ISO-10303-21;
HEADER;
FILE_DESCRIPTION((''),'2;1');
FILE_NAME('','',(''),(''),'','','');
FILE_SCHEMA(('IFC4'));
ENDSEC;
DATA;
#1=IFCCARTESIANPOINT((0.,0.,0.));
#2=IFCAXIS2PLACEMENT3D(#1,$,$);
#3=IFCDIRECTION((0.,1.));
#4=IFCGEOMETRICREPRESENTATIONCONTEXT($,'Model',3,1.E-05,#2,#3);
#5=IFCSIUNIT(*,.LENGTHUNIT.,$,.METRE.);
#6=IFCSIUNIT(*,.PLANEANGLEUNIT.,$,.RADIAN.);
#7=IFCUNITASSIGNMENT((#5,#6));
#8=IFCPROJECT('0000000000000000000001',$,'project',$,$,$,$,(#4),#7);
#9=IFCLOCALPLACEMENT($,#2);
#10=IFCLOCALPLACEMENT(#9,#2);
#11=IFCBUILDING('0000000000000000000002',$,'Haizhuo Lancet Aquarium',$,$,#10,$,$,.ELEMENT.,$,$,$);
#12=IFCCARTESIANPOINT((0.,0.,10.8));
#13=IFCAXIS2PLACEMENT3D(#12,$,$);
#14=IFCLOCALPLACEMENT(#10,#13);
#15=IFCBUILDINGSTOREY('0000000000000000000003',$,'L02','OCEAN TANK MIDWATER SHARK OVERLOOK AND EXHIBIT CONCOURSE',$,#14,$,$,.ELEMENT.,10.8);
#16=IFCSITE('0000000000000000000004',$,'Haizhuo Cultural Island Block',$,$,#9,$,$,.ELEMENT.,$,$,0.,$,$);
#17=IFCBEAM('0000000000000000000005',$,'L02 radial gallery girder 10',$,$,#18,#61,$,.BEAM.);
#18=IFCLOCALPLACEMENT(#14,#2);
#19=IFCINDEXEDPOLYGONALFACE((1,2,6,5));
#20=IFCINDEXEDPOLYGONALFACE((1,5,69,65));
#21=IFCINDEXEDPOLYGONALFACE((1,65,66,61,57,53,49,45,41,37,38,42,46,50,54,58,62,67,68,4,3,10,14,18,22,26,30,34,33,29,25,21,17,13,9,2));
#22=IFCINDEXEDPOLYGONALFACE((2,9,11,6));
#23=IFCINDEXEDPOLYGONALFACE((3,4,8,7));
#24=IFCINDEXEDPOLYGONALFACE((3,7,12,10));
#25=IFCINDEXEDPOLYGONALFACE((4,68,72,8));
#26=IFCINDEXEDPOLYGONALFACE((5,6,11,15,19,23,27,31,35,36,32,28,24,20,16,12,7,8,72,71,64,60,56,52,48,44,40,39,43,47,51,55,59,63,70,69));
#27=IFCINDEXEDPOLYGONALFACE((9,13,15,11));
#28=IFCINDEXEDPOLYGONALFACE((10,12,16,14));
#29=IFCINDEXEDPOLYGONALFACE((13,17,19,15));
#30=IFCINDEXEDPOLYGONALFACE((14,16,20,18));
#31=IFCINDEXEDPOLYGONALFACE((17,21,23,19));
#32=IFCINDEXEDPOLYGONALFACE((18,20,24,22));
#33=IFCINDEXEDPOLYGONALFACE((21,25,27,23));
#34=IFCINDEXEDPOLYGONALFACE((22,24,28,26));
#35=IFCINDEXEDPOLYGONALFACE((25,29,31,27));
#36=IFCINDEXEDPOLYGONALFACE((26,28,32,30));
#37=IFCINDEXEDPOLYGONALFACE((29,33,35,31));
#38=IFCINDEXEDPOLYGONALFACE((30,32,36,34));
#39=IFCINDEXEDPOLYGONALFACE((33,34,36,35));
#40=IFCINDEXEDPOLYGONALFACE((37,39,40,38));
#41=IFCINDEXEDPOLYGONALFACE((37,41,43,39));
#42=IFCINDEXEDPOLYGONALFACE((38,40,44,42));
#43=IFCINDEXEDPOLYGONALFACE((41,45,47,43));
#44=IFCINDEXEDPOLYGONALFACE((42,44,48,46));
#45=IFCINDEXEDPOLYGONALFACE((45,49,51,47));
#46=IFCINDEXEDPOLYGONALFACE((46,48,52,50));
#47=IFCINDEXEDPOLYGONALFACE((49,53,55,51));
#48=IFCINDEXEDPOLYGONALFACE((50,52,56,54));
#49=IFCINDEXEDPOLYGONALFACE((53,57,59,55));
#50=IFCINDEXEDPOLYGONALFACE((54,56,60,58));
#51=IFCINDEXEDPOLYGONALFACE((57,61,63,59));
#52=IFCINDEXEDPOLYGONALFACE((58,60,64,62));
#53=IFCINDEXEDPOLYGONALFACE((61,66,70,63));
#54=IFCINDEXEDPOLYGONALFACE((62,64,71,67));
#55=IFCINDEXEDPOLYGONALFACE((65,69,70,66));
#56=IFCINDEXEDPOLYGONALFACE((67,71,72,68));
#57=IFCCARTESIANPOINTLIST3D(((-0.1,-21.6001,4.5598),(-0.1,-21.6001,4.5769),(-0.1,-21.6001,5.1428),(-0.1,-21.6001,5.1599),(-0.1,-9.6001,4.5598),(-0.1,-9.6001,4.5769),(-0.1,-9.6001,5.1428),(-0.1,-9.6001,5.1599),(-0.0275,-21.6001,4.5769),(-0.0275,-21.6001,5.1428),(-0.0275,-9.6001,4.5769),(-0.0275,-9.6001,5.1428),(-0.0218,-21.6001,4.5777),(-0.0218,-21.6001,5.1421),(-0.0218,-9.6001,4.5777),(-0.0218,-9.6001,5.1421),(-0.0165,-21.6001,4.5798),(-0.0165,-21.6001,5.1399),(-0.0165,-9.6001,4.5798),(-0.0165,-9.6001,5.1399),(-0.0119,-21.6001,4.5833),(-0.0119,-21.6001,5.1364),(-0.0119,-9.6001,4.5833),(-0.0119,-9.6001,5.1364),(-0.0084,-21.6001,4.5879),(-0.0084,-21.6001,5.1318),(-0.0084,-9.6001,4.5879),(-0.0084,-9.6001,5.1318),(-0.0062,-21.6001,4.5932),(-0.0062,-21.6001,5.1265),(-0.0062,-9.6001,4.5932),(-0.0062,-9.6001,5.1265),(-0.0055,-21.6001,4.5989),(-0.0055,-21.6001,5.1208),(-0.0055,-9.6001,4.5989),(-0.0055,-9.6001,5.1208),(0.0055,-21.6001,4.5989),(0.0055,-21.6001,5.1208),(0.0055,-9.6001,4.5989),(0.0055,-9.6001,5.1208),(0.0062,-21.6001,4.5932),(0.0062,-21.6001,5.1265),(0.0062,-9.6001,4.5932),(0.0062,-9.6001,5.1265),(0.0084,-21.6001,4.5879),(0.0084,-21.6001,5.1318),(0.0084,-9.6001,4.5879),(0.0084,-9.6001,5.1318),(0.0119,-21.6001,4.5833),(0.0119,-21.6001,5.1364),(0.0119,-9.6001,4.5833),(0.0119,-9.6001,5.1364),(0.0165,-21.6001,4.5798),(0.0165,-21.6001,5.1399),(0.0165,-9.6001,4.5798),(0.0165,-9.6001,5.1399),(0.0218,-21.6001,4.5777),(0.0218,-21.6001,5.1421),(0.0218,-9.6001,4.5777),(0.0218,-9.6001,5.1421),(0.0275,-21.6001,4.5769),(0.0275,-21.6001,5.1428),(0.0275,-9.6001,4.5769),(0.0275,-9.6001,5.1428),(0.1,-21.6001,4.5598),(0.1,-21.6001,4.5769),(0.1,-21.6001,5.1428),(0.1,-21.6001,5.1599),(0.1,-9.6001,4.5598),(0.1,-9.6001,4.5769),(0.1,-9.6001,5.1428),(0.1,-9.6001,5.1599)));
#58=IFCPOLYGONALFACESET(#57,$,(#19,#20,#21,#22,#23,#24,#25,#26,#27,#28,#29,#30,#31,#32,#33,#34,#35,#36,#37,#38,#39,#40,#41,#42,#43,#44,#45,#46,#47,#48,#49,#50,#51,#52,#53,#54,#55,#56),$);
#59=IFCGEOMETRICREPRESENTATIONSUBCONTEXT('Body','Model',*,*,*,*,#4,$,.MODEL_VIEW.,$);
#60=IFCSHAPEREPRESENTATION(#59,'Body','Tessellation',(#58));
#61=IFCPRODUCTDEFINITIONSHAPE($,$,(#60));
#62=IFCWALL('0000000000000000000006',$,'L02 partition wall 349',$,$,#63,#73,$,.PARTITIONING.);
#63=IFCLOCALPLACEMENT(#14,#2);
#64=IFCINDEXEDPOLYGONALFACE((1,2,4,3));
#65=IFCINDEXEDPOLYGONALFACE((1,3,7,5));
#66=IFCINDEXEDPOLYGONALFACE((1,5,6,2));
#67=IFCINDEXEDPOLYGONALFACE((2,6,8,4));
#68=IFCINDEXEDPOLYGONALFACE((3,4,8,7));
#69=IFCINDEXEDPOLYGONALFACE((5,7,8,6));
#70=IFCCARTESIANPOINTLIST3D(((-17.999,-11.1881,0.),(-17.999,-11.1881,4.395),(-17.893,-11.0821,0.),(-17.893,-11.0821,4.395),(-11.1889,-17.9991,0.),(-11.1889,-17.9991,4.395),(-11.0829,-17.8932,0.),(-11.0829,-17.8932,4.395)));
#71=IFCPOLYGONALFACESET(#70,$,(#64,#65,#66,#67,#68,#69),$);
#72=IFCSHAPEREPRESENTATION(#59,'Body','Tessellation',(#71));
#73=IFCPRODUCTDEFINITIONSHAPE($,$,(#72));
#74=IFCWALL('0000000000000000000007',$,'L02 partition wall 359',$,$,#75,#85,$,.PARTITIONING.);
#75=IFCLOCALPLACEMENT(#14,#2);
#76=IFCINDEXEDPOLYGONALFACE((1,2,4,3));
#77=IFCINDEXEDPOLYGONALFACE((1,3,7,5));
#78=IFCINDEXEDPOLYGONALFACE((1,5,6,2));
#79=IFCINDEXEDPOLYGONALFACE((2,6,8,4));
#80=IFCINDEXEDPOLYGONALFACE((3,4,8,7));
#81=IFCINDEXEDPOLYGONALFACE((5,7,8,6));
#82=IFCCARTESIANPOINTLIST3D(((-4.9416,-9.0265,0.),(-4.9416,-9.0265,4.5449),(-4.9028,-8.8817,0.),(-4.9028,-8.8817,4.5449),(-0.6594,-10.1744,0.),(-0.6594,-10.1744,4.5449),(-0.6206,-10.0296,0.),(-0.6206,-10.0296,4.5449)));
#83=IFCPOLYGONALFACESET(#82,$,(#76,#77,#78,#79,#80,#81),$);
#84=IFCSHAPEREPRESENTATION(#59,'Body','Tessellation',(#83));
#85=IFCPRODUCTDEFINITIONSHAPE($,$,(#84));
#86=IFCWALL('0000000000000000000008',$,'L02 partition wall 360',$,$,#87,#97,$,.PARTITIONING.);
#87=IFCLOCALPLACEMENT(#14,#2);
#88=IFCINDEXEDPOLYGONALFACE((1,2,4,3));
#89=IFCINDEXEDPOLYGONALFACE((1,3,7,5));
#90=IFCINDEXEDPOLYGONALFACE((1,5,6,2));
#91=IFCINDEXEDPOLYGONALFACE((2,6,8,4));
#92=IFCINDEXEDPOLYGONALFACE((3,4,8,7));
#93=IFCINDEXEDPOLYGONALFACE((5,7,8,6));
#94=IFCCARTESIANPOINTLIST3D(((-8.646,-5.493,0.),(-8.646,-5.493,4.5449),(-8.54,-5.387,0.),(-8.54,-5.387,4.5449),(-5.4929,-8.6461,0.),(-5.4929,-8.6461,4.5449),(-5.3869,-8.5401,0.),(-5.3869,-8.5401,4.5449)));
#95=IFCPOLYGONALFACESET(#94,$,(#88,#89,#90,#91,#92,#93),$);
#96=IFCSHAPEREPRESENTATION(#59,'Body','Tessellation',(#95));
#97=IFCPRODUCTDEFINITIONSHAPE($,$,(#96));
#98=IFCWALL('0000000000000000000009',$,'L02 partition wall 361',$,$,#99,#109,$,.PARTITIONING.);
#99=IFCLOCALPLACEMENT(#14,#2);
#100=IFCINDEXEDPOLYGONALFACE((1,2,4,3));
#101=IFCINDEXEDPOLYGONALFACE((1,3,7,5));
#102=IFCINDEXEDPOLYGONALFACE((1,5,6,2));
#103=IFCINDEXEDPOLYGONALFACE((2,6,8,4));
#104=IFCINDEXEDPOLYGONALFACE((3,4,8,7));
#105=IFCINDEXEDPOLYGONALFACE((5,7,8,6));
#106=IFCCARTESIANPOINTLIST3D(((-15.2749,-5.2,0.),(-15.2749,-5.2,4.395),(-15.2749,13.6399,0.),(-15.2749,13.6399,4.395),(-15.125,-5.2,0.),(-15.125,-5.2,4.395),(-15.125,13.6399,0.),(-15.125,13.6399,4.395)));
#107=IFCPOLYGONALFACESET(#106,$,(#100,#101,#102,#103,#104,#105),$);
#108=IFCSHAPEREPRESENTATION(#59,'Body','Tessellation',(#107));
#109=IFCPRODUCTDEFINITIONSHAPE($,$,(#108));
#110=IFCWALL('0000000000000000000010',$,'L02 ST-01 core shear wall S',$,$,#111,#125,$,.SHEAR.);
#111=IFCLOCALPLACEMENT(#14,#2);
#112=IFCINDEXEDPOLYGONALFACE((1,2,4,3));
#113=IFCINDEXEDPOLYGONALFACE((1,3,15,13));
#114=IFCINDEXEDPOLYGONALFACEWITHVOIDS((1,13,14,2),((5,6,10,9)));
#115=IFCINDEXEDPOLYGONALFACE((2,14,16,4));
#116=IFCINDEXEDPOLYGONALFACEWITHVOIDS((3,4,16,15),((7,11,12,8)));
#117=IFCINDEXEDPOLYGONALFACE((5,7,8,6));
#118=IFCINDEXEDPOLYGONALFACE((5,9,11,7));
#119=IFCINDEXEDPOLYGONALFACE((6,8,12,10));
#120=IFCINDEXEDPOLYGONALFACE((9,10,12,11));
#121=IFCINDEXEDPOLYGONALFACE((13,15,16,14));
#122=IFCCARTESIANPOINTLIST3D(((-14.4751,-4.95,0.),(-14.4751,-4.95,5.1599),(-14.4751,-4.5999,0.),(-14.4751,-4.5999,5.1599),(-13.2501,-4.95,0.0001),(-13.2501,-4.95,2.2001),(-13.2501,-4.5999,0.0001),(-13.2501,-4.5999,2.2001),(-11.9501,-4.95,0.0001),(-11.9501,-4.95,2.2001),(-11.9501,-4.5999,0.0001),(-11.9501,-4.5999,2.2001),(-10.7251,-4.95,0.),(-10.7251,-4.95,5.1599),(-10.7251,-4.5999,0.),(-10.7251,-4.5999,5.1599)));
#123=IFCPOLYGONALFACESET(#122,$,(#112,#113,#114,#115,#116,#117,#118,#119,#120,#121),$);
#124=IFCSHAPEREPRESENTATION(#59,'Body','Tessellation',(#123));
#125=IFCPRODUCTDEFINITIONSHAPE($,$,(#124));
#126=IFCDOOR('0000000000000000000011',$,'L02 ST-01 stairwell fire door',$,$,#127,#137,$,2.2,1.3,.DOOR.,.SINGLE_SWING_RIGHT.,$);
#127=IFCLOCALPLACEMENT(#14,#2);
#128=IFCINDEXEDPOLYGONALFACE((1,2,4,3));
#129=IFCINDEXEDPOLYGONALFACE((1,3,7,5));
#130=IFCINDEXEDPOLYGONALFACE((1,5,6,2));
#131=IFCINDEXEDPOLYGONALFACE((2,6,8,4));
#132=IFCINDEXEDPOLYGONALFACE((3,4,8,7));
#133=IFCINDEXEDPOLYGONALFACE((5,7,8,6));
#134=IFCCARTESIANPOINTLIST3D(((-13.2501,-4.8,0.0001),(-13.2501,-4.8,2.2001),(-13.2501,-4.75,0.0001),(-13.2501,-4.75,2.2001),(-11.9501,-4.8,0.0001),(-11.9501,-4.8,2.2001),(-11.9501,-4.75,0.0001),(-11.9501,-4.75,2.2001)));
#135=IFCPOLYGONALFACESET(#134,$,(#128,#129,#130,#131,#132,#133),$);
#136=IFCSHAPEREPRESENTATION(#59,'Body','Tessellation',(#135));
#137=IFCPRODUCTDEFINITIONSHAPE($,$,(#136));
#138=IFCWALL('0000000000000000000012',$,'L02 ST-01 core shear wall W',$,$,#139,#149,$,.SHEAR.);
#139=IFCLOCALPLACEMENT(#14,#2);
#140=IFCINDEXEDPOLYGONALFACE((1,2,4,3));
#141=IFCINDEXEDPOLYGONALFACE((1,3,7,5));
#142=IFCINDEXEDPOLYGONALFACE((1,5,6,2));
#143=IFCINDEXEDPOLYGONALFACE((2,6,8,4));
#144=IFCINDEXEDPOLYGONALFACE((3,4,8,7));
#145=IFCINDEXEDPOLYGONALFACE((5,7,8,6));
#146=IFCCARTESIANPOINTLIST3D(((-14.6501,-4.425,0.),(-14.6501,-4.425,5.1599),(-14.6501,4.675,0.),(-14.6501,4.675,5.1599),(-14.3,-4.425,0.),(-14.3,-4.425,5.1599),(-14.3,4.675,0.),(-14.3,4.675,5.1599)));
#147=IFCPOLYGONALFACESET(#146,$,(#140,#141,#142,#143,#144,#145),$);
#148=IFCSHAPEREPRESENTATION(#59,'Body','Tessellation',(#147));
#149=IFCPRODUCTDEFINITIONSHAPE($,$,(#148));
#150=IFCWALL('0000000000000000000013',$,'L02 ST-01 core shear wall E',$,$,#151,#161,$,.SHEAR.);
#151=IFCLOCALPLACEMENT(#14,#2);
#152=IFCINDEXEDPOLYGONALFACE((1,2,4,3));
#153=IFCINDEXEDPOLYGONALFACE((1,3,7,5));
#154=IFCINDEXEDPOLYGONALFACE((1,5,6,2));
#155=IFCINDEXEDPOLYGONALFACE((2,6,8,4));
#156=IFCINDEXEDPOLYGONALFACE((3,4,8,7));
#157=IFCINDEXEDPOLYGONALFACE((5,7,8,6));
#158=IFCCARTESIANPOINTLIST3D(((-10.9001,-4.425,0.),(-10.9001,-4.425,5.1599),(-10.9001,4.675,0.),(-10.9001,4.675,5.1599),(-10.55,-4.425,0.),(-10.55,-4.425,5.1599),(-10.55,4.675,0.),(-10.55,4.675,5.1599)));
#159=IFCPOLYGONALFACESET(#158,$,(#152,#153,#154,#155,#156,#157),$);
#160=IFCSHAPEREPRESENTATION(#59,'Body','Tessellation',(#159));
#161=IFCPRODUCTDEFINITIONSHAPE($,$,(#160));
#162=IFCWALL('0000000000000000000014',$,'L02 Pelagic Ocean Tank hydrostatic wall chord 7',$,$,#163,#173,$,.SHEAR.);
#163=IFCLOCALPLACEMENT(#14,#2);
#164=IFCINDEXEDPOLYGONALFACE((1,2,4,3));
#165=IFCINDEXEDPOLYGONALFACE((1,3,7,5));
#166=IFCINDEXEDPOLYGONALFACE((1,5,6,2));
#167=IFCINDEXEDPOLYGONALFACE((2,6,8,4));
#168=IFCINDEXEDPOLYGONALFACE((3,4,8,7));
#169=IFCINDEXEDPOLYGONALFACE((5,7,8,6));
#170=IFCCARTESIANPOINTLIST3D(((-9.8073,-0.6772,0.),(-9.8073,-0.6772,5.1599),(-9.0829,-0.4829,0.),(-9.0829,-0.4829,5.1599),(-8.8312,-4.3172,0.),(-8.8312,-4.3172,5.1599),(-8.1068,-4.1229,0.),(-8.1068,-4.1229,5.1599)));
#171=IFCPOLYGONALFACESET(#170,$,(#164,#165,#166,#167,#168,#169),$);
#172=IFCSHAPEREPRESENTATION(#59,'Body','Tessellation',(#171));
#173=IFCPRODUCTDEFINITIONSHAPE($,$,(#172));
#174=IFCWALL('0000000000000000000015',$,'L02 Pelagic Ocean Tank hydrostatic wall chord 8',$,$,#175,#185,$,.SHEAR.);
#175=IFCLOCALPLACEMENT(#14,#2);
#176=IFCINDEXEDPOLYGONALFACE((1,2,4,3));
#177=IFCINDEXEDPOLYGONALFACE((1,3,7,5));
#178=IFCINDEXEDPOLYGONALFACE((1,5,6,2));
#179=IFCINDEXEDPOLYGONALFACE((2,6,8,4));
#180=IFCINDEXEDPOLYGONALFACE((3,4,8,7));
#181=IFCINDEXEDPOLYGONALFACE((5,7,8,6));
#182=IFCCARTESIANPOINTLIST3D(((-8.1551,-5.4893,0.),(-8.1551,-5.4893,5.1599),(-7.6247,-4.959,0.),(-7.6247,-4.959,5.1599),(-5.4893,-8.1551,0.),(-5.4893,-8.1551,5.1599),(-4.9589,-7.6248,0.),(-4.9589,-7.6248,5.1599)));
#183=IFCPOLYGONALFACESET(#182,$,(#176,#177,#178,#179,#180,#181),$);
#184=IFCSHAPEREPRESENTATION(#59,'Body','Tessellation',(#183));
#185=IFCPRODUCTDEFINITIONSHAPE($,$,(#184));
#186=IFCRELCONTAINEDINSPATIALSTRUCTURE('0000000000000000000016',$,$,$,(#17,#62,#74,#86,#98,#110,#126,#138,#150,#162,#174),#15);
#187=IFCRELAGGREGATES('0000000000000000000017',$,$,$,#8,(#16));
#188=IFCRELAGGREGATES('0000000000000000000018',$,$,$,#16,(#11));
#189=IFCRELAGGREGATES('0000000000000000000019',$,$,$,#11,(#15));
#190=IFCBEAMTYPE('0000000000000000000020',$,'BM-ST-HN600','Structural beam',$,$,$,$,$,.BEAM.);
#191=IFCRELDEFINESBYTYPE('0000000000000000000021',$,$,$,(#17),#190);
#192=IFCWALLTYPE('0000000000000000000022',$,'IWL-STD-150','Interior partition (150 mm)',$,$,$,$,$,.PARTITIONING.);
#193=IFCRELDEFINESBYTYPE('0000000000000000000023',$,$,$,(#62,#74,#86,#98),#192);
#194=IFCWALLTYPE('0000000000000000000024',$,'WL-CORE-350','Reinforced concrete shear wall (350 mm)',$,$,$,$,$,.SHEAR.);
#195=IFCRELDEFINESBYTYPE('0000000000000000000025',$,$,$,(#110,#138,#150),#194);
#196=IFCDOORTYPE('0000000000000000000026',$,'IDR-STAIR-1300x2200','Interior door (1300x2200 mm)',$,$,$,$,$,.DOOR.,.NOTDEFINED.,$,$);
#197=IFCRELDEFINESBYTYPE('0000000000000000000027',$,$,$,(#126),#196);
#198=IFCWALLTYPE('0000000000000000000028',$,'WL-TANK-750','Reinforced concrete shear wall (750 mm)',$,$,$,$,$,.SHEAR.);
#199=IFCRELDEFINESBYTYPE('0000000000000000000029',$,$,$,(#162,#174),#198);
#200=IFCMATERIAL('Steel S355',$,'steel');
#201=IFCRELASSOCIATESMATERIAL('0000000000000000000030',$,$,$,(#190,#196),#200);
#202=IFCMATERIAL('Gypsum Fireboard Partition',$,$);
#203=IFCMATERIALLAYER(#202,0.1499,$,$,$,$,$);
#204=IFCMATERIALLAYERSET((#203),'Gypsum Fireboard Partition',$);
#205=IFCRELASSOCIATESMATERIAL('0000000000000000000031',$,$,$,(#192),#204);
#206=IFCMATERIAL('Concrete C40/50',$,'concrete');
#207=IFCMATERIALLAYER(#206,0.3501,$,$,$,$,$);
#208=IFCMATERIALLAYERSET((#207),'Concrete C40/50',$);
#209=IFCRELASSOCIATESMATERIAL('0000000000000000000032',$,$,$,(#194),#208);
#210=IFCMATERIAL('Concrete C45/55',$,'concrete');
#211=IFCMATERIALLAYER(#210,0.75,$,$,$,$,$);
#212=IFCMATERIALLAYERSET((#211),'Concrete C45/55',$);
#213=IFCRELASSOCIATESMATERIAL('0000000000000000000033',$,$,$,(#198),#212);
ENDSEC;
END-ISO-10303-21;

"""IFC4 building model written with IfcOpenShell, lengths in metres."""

from ifc_helpers import new_model, si_unit, direction, frame, frame_2d, origin, origin_2d, place, context, subcontext, project, spatial, rectangle, i_section, extrude, material, layer, layer_set, material_profile, profile_set, type_object, element, fill, save


model = new_model("IFC4")

# Units and contexts
model_context = context("Model", 3, precision=1e-05, world=origin(), true_north=direction((0.0, 1.0)))
body_context = subcontext(model_context, "Body", "Model", "MODEL_VIEW")
ifc_project = project(units=[si_unit("LENGTHUNIT", "METRE"), si_unit("PLANEANGLEUNIT", "RADIAN")], contexts=[model_context])

# Site, building, storey
site_placement = place(None, origin())
site = spatial("IfcSite", under=ifc_project, at=site_placement, Name="Haizhuo Cultural Island Block", CompositionType="ELEMENT", RefElevation=0.0)
building_placement = place(site_placement, origin())
building = spatial("IfcBuilding", under=site, at=building_placement, Name="Haizhuo Lancet Aquarium", CompositionType="ELEMENT")
storey_placement = place(building_placement, frame((0.0, 0.0, 10.8)))
storey = spatial("IfcBuildingStorey", under=building, at=storey_placement, Name="L02", Description="OCEAN TANK MIDWATER SHARK OVERLOOK AND EXHIBIT CONCOURSE", CompositionType="ELEMENT", Elevation=10.8)

# Beam
ifc_material_1 = material(Name="Concrete C40/50", Category="concrete")
ifc_material_2 = material(Name="Steel S355", Category="steel")
ifc_material_profile_1 = material_profile(ifc_material_2, i_section(OverallWidth=0.2, OverallDepth=0.6001, WebThickness=0.011, FlangeThickness=0.0171, FilletRadius=0.022, at=origin_2d()), Name="HN 600x200x11x17")
ifc_profile_set_1 = profile_set([ifc_material_profile_1], Name="Steel S355")
beam_type_1 = type_object("IfcBeamType", Name="BM-ST-HN600", Description="Structural beam", PredefinedType="BEAM", material=ifc_profile_set_1)
beam_placement = place(storey_placement, frame((0.0, -9.6001, 4.8599), z_axis=(0.0, -1.0, 0.0), x_axis=(1.0, 0.0, 0.0)))
element("IfcBeam", 1, at=beam_placement, inside=storey, type_object=beam_type_1, Name="L02 radial gallery girder 10", PredefinedType="BEAM", context=body_context, shape_type="SweptSolid", body=[
    extrude(i_section(OverallWidth=0.2, OverallDepth=0.6001, WebThickness=0.011, FlangeThickness=0.0171, FilletRadius=0.022, at=origin_2d()), origin(), (0.0, 0.0, 1.0), 12.0),
])

# Walls
ifc_material_3 = material(Name="Gypsum Fireboard Partition")
ifc_layer_1 = layer(ifc_material_3, 0.1499)
ifc_layer_set_1 = layer_set([ifc_layer_1], Name="Gypsum Fireboard Partition")
wall_type_1 = type_object("IfcWallType", Name="IWL-STD-150", Description="Interior partition (150 mm)", PredefinedType="PARTITIONING", material=ifc_layer_set_1)
wall_1_placement = place(storey_placement, frame((-17.946, -11.135, 0.0), z_axis=(0.0, 0.0, 1.0), x_axis=(0.707056, -0.707157, 0.0)))
element("IfcWall", 2, at=wall_1_placement, inside=storey, type_object=wall_type_1, Name="L02 partition wall 349", PredefinedType="PARTITIONING", context=body_context, shape_type="SweptSolid", body=[
    extrude(rectangle(XDim=9.6316, YDim=0.1499, at=frame_2d((4.8159, 0.0))), origin(), (0.0, 0.0, 1.0), 4.395),
])
wall_2_placement = place(storey_placement, frame((-0.6399, -10.1021, 0.0), z_axis=(0.0, 0.0, 1.0), x_axis=(-0.965896, 0.258931, 0.0)))
element("IfcWall", 3, at=wall_2_placement, inside=storey, type_object=wall_type_1, Name="L02 partition wall 359", PredefinedType="PARTITIONING", context=body_context, shape_type="SweptSolid", body=[
    extrude(rectangle(XDim=4.4333, YDim=0.1499, at=frame_2d((2.2168, 0.0))), origin(), (0.0, 0.0, 1.0), 4.5449),
])
wall_3_placement = place(storey_placement, frame((-5.4399, -8.593, 0.0), z_axis=(0.0, 0.0, 1.0), x_axis=(-0.707107, 0.707107, 0.0)))
element("IfcWall", 4, at=wall_3_placement, inside=storey, type_object=wall_type_1, Name="L02 partition wall 360", PredefinedType="PARTITIONING", context=body_context, shape_type="SweptSolid", body=[
    extrude(rectangle(XDim=4.4592, YDim=0.1499, at=frame_2d((2.2295, 0.0))), origin(), (0.0, 0.0, 1.0), 4.5449),
])
wall_4_placement = place(storey_placement, frame((-15.2, -5.2, 0.0), z_axis=(0.0, 0.0, 1.0), x_axis=(0.0, 1.0, 0.0)))
element("IfcWall", 5, at=wall_4_placement, inside=storey, type_object=wall_type_1, Name="L02 partition wall 361", PredefinedType="PARTITIONING", context=body_context, shape_type="SweptSolid", body=[
    extrude(rectangle(XDim=18.8398, YDim=0.1499, at=frame_2d((9.4199, 0.0))), origin(), (0.0, 0.0, 1.0), 4.395),
])

# Wall, opening, door
ifc_layer_2 = layer(ifc_material_1, 0.3501)
ifc_layer_set_2 = layer_set([ifc_layer_2], Name="Concrete C40/50")
wall_type_2 = type_object("IfcWallType", Name="WL-CORE-350", Description="Reinforced concrete shear wall (350 mm)", PredefinedType="SHEAR", material=ifc_layer_set_2)
wall_5_placement = place(storey_placement, frame((-14.4751, -4.7749, 0.0), z_axis=(0.0, 0.0, 1.0), x_axis=(1.0, 0.0, 0.0)))
wall_5 = element("IfcWall", 6, at=wall_5_placement, inside=storey, type_object=wall_type_2, Name="L02 ST-01 core shear wall S", PredefinedType="SHEAR", context=body_context, shape_type="SweptSolid", body=[
    extrude(rectangle(XDim=3.75, YDim=0.3501, at=frame_2d((1.875, 0.0))), origin(), (0.0, 0.0, 1.0), 5.1599),
])
opening_placement = place(wall_5_placement, frame((1.2251, 0.0, 0.0)))
opening = element("IfcOpeningElement", 7, at=opening_placement, cuts=wall_5, PredefinedType="OPENING", context=body_context, shape_type="SweptSolid", body=[
    extrude(rectangle(XDim=1.3, YDim=2.2, at=frame_2d((0.6499, 1.1001))), frame((0.0, 0.1851, 0.0), z_axis=(0.0, -1.0, 0.0), x_axis=(1.0, 0.0, 0.0)), (0.0, 0.0, 1.0), 0.3701),
])
door_type = type_object("IfcDoorType", Name="IDR-STAIR-1300x2200", Description="Interior door (1300x2200 mm)", OperationType="NOTDEFINED", PredefinedType="DOOR", material=ifc_material_2)
door_placement = place(opening_placement, origin())
door = element("IfcDoor", 8, at=door_placement, inside=storey, type_object=door_type, Name="L02 ST-01 stairwell fire door", OperationType="SINGLE_SWING_RIGHT", OverallHeight=2.2, OverallWidth=1.3, PredefinedType="DOOR", context=body_context, shape_type="SweptSolid", body=[
    extrude(rectangle(XDim=1.3, YDim=2.2, at=frame_2d((0.6499, 1.1001))), frame((0.0, 0.0249, 0.0), z_axis=(0.0, -1.0, 0.0), x_axis=(1.0, 0.0, 0.0)), (0.0, 0.0, 1.0), 0.05),
])
fill(opening, door)

# Walls
for number, where, z_axis, x_axis, name in (
    (9, (-14.4751, -4.425, 0.0), (0.0, 0.0, 1.0), (0.0, 1.0, 0.0), "L02 ST-01 core shear wall W"),
    (10, (-10.7251, -4.425, 0.0), (0.0, 0.0, 1.0), (0.0, 1.0, 0.0), "L02 ST-01 core shear wall E"),
):
    element("IfcWall", number, at=place(storey_placement, frame(where, z_axis=z_axis, x_axis=x_axis)), inside=storey, type_object=wall_type_2, Name=name, PredefinedType="SHEAR", context=body_context, shape_type="SweptSolid", body=[
        extrude(rectangle(XDim=9.1001, YDim=0.3501, at=frame_2d((4.55, 0.0))), origin(), (0.0, 0.0, 1.0), 5.1599),
    ])
ifc_material_4 = material(Name="Concrete C45/55", Category="concrete")
ifc_layer_3 = layer(ifc_material_4, 0.75)
ifc_layer_set_3 = layer_set([ifc_layer_3], Name="Concrete C45/55")
wall_type_3 = type_object("IfcWallType", Name="WL-TANK-750", Description="Reinforced concrete shear wall (750 mm)", PredefinedType="SHEAR", material=ifc_layer_set_3)
wall_6_placement = place(storey_placement, frame((-9.4451, -0.5801, 0.0), z_axis=(0.0, 0.0, 1.0), x_axis=(0.259009, -0.965875, 0.0)))
element("IfcWall", 11, at=wall_6_placement, inside=storey, type_object=wall_type_3, Name="L02 Pelagic Ocean Tank hydrostatic wall chord 7", PredefinedType="SHEAR", context=body_context, shape_type="SweptSolid", body=[
    extrude(rectangle(XDim=3.7686, YDim=0.75, at=frame_2d((1.8843, 0.0))), origin(), (0.0, 0.0, 1.0), 5.1599),
])
wall_7_placement = place(storey_placement, frame((-7.8899, -5.2241, 0.0), z_axis=(0.0, 0.0, 1.0), x_axis=(0.707107, -0.707107, 0.0)))
element("IfcWall", 12, at=wall_7_placement, inside=storey, type_object=wall_type_3, Name="L02 Pelagic Ocean Tank hydrostatic wall chord 8", PredefinedType="SHEAR", context=body_context, shape_type="SweptSolid", body=[
    extrude(rectangle(XDim=3.77, YDim=0.75, at=frame_2d((1.885, 0.0))), origin(), (0.0, 0.0, 1.0), 5.1599),
])

save(model, "model.ifc")
